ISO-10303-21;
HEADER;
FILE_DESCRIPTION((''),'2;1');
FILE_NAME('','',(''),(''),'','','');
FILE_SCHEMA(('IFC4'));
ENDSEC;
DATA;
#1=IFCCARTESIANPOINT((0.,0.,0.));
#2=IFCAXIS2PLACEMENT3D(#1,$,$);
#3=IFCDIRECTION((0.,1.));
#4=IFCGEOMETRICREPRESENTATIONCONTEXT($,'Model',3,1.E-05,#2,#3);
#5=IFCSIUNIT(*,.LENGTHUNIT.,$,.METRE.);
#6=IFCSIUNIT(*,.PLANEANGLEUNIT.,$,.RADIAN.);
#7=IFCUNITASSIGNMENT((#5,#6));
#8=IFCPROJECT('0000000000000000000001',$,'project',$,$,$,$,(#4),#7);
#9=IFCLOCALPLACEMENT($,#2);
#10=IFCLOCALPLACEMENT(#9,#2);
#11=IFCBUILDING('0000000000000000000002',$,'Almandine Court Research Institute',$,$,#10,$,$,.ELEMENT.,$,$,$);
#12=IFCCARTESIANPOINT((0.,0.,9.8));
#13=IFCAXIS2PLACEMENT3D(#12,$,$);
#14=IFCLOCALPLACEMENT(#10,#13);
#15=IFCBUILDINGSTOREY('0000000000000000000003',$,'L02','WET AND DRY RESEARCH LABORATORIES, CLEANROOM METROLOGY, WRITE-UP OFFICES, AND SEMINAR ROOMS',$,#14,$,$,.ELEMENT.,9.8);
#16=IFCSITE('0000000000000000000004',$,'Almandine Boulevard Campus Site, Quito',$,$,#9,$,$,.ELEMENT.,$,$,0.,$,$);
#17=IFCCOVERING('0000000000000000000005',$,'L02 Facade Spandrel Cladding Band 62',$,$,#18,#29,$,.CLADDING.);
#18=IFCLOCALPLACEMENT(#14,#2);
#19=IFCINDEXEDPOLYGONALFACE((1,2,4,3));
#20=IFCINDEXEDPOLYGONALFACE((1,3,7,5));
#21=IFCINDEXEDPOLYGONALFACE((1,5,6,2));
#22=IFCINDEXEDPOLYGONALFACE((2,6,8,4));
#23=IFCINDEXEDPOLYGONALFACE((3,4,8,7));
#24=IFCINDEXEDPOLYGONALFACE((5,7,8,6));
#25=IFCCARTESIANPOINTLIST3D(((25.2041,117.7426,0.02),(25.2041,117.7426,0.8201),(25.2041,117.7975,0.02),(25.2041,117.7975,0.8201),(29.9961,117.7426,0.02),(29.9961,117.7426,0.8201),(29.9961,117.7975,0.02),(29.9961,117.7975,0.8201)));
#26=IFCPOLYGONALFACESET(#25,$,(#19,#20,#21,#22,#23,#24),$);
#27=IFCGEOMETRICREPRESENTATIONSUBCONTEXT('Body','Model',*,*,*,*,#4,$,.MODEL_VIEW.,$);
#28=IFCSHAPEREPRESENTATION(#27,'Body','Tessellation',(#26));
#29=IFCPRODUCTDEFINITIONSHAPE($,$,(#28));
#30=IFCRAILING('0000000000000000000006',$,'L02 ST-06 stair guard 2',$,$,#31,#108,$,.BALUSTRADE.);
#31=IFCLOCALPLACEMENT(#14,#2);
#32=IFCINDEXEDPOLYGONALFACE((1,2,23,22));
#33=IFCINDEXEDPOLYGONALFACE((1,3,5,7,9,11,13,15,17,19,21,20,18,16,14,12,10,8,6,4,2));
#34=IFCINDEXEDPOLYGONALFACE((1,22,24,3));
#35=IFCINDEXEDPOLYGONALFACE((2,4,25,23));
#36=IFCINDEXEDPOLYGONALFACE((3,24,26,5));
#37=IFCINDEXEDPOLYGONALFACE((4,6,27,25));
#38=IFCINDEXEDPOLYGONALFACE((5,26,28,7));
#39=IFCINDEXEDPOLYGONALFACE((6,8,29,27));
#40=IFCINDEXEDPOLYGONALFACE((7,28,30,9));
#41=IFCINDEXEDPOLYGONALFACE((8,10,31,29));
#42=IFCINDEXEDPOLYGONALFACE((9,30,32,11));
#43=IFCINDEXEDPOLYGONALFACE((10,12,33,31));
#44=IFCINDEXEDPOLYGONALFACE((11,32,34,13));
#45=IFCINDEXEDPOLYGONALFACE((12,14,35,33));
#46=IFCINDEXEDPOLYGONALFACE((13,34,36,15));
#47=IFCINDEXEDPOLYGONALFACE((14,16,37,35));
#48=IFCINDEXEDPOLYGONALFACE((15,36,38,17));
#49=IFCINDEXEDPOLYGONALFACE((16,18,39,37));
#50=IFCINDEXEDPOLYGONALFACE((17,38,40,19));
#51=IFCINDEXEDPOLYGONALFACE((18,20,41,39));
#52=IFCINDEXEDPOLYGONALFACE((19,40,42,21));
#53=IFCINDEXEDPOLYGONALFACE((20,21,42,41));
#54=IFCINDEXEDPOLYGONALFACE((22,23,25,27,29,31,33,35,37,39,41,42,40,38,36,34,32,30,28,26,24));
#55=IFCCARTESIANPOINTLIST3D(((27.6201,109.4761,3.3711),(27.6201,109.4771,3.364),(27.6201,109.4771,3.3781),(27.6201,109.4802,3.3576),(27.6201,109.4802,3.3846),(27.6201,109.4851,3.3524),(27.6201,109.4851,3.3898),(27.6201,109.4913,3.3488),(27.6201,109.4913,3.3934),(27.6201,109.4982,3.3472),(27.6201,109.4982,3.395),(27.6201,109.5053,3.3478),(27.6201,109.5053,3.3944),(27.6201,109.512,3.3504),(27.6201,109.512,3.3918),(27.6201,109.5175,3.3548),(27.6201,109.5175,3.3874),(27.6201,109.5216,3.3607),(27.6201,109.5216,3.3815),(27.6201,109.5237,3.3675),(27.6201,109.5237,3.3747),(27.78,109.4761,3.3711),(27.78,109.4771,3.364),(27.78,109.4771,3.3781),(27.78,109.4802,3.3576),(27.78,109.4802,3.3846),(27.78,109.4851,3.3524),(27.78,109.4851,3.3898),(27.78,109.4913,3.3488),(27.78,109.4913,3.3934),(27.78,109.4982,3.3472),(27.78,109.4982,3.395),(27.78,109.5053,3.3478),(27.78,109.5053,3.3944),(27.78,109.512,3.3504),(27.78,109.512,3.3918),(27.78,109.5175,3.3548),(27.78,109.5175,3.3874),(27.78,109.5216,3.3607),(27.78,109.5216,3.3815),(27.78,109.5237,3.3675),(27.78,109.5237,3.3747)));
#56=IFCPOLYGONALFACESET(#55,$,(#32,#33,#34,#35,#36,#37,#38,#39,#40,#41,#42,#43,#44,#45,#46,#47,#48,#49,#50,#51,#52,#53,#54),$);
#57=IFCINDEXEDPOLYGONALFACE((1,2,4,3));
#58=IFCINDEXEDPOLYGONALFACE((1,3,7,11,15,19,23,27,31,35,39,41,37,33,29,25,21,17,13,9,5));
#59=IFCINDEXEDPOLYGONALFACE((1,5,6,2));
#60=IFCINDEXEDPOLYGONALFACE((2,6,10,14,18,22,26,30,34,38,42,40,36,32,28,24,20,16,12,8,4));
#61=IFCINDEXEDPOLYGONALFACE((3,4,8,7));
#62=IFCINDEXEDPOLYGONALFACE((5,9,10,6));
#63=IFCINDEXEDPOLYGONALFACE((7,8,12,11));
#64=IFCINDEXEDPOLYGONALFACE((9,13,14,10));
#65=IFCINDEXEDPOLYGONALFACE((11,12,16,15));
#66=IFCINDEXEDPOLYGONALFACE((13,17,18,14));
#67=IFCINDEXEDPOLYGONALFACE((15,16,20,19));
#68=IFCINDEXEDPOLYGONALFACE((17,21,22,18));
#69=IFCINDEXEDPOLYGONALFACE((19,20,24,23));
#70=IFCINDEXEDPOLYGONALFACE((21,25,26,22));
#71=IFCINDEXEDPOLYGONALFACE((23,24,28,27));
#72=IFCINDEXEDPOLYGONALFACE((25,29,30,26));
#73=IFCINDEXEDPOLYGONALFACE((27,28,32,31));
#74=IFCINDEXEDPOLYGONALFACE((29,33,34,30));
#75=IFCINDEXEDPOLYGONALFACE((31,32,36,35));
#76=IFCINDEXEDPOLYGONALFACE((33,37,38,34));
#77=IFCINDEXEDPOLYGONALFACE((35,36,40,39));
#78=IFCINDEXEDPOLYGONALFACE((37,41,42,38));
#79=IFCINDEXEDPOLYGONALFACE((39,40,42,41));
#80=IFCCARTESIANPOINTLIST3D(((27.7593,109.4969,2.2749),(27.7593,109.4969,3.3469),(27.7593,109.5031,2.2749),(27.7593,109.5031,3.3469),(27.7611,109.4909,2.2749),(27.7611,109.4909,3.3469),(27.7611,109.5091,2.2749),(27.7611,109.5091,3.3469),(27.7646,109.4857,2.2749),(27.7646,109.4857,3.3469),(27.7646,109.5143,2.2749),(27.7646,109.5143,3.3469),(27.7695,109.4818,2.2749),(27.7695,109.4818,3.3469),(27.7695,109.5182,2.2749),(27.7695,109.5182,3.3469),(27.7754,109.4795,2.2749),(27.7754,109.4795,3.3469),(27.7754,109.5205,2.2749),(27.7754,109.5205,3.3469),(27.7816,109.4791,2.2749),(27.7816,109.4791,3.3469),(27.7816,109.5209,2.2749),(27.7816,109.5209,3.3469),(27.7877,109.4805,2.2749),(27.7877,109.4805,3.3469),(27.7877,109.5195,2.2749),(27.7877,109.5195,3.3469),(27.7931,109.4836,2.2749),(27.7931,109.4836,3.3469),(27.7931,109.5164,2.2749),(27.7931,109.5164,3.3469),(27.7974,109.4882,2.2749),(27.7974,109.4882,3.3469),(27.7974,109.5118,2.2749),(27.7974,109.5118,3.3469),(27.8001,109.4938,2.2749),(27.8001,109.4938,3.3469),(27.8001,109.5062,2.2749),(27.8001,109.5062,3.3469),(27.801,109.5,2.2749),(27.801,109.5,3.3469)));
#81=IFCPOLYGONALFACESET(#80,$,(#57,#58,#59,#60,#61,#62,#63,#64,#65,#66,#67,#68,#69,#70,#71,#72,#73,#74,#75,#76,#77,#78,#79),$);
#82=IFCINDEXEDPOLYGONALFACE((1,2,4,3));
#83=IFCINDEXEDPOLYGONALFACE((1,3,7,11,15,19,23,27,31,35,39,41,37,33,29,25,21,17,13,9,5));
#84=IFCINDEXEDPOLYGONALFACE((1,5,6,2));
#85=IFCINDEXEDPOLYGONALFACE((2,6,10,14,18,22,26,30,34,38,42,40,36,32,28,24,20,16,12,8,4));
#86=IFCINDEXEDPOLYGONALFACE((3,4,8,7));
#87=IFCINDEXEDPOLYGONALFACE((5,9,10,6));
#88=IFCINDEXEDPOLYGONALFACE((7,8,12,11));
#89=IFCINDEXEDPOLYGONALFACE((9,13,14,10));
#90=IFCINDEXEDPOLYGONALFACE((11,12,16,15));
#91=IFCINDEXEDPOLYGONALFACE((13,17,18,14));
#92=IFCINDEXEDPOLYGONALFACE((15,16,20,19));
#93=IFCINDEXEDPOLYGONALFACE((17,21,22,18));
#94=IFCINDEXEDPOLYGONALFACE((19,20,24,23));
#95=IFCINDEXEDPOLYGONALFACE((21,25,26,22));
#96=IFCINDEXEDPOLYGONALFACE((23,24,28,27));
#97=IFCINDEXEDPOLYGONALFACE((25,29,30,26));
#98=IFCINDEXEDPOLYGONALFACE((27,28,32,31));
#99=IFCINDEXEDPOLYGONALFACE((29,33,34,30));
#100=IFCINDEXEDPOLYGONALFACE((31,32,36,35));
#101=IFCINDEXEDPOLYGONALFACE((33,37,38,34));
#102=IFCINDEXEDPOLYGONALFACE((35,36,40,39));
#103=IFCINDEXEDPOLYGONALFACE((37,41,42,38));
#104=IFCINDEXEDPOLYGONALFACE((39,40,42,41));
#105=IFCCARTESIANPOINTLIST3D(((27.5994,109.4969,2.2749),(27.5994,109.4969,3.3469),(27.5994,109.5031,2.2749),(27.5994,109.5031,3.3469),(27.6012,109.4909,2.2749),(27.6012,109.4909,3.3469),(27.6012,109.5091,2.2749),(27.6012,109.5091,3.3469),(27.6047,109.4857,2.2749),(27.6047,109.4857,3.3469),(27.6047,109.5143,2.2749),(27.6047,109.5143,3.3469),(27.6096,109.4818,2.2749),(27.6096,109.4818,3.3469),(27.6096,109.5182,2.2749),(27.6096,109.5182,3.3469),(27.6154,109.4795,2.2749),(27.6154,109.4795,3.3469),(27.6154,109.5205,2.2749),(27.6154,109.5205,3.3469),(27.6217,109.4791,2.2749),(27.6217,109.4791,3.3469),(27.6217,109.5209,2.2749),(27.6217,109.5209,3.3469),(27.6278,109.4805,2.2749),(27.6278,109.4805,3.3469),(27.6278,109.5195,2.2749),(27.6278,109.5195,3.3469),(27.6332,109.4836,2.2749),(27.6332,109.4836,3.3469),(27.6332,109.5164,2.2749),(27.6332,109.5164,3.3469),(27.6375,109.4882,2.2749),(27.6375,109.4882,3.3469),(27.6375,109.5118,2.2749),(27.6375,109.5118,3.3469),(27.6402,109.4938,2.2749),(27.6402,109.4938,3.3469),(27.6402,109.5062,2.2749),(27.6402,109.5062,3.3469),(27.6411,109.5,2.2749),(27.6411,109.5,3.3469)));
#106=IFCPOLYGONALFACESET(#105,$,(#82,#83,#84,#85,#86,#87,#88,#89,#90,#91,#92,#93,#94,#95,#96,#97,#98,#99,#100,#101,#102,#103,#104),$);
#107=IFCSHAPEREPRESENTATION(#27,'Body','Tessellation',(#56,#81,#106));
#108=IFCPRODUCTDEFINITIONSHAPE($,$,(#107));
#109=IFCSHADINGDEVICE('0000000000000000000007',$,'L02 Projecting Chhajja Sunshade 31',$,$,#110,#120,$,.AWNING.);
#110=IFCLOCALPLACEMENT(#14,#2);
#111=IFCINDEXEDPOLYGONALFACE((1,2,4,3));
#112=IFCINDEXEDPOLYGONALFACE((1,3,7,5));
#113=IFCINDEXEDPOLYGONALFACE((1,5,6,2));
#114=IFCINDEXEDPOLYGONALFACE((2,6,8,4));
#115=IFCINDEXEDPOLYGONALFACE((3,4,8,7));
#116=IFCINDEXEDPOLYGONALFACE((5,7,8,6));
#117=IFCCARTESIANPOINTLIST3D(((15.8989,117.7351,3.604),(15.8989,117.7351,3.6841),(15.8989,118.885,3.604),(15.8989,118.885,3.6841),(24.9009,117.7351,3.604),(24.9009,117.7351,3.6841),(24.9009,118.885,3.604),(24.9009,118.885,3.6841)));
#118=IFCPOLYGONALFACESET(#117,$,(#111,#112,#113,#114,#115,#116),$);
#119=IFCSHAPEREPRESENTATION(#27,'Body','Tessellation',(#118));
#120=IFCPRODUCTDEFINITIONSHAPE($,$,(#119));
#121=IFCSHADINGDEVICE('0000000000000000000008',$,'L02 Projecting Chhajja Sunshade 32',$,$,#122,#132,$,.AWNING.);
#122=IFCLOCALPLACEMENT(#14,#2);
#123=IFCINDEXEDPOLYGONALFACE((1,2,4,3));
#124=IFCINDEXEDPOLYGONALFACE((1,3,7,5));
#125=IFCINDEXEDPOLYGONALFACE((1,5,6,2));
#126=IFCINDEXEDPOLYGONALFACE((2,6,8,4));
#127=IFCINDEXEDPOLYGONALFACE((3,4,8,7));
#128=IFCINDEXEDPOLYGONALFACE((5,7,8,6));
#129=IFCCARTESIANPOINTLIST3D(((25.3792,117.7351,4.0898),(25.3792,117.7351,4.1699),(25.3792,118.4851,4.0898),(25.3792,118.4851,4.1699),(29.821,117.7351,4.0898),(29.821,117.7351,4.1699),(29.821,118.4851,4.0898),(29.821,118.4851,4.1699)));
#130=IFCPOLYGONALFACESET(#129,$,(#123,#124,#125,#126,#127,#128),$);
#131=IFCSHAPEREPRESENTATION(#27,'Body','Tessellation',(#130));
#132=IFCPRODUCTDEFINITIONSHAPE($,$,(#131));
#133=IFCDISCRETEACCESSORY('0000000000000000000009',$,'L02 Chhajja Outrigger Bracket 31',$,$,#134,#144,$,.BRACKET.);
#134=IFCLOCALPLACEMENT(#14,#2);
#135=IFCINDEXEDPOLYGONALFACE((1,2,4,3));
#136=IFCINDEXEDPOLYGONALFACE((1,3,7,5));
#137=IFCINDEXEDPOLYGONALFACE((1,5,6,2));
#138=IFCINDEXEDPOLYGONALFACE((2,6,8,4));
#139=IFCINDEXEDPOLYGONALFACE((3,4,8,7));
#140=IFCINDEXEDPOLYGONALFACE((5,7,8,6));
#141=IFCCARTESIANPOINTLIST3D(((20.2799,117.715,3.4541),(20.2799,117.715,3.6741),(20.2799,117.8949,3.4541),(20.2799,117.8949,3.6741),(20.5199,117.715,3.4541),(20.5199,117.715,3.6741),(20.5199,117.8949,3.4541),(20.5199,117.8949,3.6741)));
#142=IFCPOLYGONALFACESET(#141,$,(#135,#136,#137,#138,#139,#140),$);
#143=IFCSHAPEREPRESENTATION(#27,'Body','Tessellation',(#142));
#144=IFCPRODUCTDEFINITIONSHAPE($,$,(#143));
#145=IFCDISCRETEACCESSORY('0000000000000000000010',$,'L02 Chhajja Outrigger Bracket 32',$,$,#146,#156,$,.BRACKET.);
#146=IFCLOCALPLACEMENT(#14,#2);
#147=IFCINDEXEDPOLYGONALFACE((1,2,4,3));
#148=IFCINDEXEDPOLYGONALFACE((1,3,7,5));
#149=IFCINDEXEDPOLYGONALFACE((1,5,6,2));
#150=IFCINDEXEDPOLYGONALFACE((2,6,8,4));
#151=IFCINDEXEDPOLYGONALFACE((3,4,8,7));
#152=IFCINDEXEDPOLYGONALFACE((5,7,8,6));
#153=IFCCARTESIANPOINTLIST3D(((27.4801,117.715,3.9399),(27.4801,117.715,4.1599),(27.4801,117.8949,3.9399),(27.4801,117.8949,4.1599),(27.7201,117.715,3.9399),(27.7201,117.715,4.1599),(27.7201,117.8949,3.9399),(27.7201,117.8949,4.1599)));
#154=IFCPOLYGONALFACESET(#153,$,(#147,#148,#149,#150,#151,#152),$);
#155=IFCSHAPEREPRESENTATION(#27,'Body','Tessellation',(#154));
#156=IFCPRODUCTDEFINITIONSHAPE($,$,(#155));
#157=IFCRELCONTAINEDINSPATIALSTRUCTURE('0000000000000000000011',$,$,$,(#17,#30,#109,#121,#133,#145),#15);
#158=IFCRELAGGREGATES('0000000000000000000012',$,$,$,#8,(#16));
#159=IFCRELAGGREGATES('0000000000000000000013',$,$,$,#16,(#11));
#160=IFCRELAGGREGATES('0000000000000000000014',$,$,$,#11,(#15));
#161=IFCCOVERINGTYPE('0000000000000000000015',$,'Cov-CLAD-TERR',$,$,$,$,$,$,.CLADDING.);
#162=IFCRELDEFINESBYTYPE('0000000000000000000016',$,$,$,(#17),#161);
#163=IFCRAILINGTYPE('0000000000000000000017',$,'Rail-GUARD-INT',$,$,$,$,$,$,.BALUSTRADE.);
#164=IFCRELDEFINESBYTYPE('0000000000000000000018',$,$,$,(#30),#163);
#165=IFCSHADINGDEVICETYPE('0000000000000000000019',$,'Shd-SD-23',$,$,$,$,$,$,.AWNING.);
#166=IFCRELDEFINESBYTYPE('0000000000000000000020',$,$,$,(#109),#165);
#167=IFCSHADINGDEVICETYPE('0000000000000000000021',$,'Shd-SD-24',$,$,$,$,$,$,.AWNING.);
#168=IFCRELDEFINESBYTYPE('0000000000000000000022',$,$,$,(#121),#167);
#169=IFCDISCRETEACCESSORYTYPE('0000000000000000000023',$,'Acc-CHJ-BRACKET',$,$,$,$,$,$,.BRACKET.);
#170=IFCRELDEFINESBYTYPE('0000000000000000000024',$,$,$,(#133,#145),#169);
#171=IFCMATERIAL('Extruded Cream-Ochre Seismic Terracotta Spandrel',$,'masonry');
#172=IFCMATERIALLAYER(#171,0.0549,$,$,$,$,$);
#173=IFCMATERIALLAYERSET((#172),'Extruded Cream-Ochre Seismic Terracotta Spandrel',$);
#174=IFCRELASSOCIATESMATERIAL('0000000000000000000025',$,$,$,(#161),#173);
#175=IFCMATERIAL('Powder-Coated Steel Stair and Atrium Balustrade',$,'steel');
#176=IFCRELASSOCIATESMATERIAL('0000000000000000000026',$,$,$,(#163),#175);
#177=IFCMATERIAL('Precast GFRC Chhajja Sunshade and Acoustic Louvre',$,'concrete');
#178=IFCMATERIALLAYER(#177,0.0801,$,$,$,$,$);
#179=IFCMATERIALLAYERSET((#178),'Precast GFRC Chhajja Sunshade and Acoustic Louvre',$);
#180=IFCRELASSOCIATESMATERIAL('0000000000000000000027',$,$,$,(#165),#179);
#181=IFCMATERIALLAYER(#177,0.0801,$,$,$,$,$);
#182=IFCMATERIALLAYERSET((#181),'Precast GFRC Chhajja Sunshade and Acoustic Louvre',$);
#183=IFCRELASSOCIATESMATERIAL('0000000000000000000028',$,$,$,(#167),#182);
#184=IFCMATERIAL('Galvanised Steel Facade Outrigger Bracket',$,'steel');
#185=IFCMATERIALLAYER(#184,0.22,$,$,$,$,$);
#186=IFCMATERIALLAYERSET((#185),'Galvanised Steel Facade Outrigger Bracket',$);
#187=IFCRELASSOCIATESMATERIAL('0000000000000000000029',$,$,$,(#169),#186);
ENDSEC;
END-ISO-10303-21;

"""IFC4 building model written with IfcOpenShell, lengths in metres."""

from ifc_helpers import new_model, si_unit, direction, frame, origin, origin_2d, place, context, subcontext, project, spatial, rectangle, circle, extrude, material, layer, layer_set, type_object, element, save


model = new_model("IFC4")

# Units and contexts
model_context = context("Model", 3, precision=1e-05, world=origin(), true_north=direction((0.0, 1.0)))
body_context = subcontext(model_context, "Body", "Model", "MODEL_VIEW")
ifc_project = project(units=[si_unit("LENGTHUNIT", "METRE"), si_unit("PLANEANGLEUNIT", "RADIAN")], contexts=[model_context])

# Site, building, storey
site_placement = place(None, origin())
site = spatial("IfcSite", under=ifc_project, at=site_placement, Name="Almandine Boulevard Campus Site, Quito", CompositionType="ELEMENT", RefElevation=0.0)
building_placement = place(site_placement, origin())
building = spatial("IfcBuilding", under=site, at=building_placement, Name="Almandine Court Research Institute", CompositionType="ELEMENT")
storey_placement = place(building_placement, frame((0.0, 0.0, 9.8)))
storey = spatial("IfcBuildingStorey", under=building, at=storey_placement, Name="L02", Description="WET AND DRY RESEARCH LABORATORIES, CLEANROOM METROLOGY, WRITE-UP OFFICES, AND SEMINAR ROOMS", CompositionType="ELEMENT", Elevation=9.8)

# Covering
ifc_material_1 = material(Name="Extruded Cream-Ochre Seismic Terracotta Spandrel", Category="masonry")
ifc_layer_1 = layer(ifc_material_1, 0.0549)
ifc_layer_set_1 = layer_set([ifc_layer_1], Name="Extruded Cream-Ochre Seismic Terracotta Spandrel")
covering_type = type_object("IfcCoveringType", Name="Cov-CLAD-TERR", PredefinedType="CLADDING", material=ifc_layer_set_1)
covering_1_placement = place(storey_placement, frame((27.6001, 117.77, 0.02), z_axis=(0.0, 0.0, 1.0), x_axis=(1.0, 0.0, 0.0)))
element("IfcCovering", 1, at=covering_1_placement, inside=storey, type_object=covering_type, Name="L02 Facade Spandrel Cladding Band 62", PredefinedType="CLADDING", context=body_context, shape_type="SweptSolid", body=[
    extrude(rectangle(XDim=4.792, YDim=0.0549, at=origin_2d()), origin(), (0.0, 0.0, 1.0), 0.8),
])

# Railing
ifc_material_2 = material(Name="Powder-Coated Steel Stair and Atrium Balustrade", Category="steel")
railing_type = type_object("IfcRailingType", Name="Rail-GUARD-INT", PredefinedType="BALUSTRADE", material=ifc_material_2)
railing_placement = place(storey_placement, frame((27.78, 109.5, 2.2749)))
element("IfcRailing", 2, at=railing_placement, inside=storey, type_object=railing_type, Name="L02 ST-06 stair guard 2", PredefinedType="BALUSTRADE", context=body_context, shape_type="SweptSolid", body=[
    extrude(circle(Radius=0.0239, at=origin_2d()), frame((0.0, 0.0, 1.0962), z_axis=(-1.0, 0.0, 0.0), x_axis=(0.0, -1.0, 0.0)), (0.0, 0.0, 1.0), 0.1599),
    extrude(circle(Radius=0.021, at=origin_2d()), origin(), (0.0, 0.0, 1.0), 1.072),
    extrude(circle(Radius=0.021, at=origin_2d()), frame((-0.1599, 0.0, 0.0)), (0.0, 0.0, 1.0), 1.072),
])

# Shading devices
ifc_material_3 = material(Name="Precast GFRC Chhajja Sunshade and Acoustic Louvre", Category="concrete")
ifc_layer_2 = layer(ifc_material_3, 0.0801)
ifc_layer_set_2 = layer_set([ifc_layer_2], Name="Precast GFRC Chhajja Sunshade and Acoustic Louvre")
shading_device_type_1 = type_object("IfcShadingDeviceType", Name="Shd-SD-23", PredefinedType="AWNING", material=ifc_layer_set_2)
shading_device_1_placement = place(storey_placement, frame((20.3999, 118.3101, 3.604), z_axis=(0.0, 0.0, 1.0), x_axis=(1.0, 0.0, 0.0)))
element("IfcShadingDevice", 3, at=shading_device_1_placement, inside=storey, type_object=shading_device_type_1, Name="L02 Projecting Chhajja Sunshade 31", PredefinedType="AWNING", context=body_context, shape_type="SweptSolid", body=[
    extrude(rectangle(XDim=9.002, YDim=1.1499, at=origin_2d()), origin(), (0.0, 0.0, 1.0), 0.0801),
])
ifc_layer_3 = layer(ifc_material_3, 0.0801)
ifc_layer_set_3 = layer_set([ifc_layer_3], Name="Precast GFRC Chhajja Sunshade and Acoustic Louvre")
shading_device_type_2 = type_object("IfcShadingDeviceType", Name="Shd-SD-24", PredefinedType="AWNING", material=ifc_layer_set_3)
shading_device_2_placement = place(storey_placement, frame((27.6001, 118.1101, 4.0898), z_axis=(0.0, 0.0, 1.0), x_axis=(1.0, 0.0, 0.0)))
element("IfcShadingDevice", 4, at=shading_device_2_placement, inside=storey, type_object=shading_device_type_2, Name="L02 Projecting Chhajja Sunshade 32", PredefinedType="AWNING", context=body_context, shape_type="SweptSolid", body=[
    extrude(rectangle(XDim=4.4419, YDim=0.75, at=origin_2d()), origin(), (0.0, 0.0, 1.0), 0.0801),
])

# Discrete accessories
ifc_material_4 = material(Name="Galvanised Steel Facade Outrigger Bracket", Category="steel")
ifc_layer_4 = layer(ifc_material_4, 0.22)
ifc_layer_set_4 = layer_set([ifc_layer_4], Name="Galvanised Steel Facade Outrigger Bracket")
discrete_accessory_type = type_object("IfcDiscreteAccessoryType", Name="Acc-CHJ-BRACKET", PredefinedType="BRACKET", material=ifc_layer_set_4)
for number, where, z_axis, x_axis, name in (
    (5, (20.3999, 117.8049, 3.4541), (0.0, 0.0, 1.0), (1.0, 0.0, 0.0), "L02 Chhajja Outrigger Bracket 31"),
    (6, (27.6001, 117.8049, 3.9399), (0.0, 0.0, 1.0), (1.0, 0.0, 0.0), "L02 Chhajja Outrigger Bracket 32"),
):
    element("IfcDiscreteAccessory", number, at=place(storey_placement, frame(where, z_axis=z_axis, x_axis=x_axis)), inside=storey, type_object=discrete_accessory_type, Name=name, PredefinedType="BRACKET", context=body_context, shape_type="SweptSolid", body=[
        extrude(rectangle(XDim=0.24, YDim=0.1799, at=origin_2d()), origin(), (0.0, 0.0, 1.0), 0.22),
    ])

save(model, "model.ifc")
